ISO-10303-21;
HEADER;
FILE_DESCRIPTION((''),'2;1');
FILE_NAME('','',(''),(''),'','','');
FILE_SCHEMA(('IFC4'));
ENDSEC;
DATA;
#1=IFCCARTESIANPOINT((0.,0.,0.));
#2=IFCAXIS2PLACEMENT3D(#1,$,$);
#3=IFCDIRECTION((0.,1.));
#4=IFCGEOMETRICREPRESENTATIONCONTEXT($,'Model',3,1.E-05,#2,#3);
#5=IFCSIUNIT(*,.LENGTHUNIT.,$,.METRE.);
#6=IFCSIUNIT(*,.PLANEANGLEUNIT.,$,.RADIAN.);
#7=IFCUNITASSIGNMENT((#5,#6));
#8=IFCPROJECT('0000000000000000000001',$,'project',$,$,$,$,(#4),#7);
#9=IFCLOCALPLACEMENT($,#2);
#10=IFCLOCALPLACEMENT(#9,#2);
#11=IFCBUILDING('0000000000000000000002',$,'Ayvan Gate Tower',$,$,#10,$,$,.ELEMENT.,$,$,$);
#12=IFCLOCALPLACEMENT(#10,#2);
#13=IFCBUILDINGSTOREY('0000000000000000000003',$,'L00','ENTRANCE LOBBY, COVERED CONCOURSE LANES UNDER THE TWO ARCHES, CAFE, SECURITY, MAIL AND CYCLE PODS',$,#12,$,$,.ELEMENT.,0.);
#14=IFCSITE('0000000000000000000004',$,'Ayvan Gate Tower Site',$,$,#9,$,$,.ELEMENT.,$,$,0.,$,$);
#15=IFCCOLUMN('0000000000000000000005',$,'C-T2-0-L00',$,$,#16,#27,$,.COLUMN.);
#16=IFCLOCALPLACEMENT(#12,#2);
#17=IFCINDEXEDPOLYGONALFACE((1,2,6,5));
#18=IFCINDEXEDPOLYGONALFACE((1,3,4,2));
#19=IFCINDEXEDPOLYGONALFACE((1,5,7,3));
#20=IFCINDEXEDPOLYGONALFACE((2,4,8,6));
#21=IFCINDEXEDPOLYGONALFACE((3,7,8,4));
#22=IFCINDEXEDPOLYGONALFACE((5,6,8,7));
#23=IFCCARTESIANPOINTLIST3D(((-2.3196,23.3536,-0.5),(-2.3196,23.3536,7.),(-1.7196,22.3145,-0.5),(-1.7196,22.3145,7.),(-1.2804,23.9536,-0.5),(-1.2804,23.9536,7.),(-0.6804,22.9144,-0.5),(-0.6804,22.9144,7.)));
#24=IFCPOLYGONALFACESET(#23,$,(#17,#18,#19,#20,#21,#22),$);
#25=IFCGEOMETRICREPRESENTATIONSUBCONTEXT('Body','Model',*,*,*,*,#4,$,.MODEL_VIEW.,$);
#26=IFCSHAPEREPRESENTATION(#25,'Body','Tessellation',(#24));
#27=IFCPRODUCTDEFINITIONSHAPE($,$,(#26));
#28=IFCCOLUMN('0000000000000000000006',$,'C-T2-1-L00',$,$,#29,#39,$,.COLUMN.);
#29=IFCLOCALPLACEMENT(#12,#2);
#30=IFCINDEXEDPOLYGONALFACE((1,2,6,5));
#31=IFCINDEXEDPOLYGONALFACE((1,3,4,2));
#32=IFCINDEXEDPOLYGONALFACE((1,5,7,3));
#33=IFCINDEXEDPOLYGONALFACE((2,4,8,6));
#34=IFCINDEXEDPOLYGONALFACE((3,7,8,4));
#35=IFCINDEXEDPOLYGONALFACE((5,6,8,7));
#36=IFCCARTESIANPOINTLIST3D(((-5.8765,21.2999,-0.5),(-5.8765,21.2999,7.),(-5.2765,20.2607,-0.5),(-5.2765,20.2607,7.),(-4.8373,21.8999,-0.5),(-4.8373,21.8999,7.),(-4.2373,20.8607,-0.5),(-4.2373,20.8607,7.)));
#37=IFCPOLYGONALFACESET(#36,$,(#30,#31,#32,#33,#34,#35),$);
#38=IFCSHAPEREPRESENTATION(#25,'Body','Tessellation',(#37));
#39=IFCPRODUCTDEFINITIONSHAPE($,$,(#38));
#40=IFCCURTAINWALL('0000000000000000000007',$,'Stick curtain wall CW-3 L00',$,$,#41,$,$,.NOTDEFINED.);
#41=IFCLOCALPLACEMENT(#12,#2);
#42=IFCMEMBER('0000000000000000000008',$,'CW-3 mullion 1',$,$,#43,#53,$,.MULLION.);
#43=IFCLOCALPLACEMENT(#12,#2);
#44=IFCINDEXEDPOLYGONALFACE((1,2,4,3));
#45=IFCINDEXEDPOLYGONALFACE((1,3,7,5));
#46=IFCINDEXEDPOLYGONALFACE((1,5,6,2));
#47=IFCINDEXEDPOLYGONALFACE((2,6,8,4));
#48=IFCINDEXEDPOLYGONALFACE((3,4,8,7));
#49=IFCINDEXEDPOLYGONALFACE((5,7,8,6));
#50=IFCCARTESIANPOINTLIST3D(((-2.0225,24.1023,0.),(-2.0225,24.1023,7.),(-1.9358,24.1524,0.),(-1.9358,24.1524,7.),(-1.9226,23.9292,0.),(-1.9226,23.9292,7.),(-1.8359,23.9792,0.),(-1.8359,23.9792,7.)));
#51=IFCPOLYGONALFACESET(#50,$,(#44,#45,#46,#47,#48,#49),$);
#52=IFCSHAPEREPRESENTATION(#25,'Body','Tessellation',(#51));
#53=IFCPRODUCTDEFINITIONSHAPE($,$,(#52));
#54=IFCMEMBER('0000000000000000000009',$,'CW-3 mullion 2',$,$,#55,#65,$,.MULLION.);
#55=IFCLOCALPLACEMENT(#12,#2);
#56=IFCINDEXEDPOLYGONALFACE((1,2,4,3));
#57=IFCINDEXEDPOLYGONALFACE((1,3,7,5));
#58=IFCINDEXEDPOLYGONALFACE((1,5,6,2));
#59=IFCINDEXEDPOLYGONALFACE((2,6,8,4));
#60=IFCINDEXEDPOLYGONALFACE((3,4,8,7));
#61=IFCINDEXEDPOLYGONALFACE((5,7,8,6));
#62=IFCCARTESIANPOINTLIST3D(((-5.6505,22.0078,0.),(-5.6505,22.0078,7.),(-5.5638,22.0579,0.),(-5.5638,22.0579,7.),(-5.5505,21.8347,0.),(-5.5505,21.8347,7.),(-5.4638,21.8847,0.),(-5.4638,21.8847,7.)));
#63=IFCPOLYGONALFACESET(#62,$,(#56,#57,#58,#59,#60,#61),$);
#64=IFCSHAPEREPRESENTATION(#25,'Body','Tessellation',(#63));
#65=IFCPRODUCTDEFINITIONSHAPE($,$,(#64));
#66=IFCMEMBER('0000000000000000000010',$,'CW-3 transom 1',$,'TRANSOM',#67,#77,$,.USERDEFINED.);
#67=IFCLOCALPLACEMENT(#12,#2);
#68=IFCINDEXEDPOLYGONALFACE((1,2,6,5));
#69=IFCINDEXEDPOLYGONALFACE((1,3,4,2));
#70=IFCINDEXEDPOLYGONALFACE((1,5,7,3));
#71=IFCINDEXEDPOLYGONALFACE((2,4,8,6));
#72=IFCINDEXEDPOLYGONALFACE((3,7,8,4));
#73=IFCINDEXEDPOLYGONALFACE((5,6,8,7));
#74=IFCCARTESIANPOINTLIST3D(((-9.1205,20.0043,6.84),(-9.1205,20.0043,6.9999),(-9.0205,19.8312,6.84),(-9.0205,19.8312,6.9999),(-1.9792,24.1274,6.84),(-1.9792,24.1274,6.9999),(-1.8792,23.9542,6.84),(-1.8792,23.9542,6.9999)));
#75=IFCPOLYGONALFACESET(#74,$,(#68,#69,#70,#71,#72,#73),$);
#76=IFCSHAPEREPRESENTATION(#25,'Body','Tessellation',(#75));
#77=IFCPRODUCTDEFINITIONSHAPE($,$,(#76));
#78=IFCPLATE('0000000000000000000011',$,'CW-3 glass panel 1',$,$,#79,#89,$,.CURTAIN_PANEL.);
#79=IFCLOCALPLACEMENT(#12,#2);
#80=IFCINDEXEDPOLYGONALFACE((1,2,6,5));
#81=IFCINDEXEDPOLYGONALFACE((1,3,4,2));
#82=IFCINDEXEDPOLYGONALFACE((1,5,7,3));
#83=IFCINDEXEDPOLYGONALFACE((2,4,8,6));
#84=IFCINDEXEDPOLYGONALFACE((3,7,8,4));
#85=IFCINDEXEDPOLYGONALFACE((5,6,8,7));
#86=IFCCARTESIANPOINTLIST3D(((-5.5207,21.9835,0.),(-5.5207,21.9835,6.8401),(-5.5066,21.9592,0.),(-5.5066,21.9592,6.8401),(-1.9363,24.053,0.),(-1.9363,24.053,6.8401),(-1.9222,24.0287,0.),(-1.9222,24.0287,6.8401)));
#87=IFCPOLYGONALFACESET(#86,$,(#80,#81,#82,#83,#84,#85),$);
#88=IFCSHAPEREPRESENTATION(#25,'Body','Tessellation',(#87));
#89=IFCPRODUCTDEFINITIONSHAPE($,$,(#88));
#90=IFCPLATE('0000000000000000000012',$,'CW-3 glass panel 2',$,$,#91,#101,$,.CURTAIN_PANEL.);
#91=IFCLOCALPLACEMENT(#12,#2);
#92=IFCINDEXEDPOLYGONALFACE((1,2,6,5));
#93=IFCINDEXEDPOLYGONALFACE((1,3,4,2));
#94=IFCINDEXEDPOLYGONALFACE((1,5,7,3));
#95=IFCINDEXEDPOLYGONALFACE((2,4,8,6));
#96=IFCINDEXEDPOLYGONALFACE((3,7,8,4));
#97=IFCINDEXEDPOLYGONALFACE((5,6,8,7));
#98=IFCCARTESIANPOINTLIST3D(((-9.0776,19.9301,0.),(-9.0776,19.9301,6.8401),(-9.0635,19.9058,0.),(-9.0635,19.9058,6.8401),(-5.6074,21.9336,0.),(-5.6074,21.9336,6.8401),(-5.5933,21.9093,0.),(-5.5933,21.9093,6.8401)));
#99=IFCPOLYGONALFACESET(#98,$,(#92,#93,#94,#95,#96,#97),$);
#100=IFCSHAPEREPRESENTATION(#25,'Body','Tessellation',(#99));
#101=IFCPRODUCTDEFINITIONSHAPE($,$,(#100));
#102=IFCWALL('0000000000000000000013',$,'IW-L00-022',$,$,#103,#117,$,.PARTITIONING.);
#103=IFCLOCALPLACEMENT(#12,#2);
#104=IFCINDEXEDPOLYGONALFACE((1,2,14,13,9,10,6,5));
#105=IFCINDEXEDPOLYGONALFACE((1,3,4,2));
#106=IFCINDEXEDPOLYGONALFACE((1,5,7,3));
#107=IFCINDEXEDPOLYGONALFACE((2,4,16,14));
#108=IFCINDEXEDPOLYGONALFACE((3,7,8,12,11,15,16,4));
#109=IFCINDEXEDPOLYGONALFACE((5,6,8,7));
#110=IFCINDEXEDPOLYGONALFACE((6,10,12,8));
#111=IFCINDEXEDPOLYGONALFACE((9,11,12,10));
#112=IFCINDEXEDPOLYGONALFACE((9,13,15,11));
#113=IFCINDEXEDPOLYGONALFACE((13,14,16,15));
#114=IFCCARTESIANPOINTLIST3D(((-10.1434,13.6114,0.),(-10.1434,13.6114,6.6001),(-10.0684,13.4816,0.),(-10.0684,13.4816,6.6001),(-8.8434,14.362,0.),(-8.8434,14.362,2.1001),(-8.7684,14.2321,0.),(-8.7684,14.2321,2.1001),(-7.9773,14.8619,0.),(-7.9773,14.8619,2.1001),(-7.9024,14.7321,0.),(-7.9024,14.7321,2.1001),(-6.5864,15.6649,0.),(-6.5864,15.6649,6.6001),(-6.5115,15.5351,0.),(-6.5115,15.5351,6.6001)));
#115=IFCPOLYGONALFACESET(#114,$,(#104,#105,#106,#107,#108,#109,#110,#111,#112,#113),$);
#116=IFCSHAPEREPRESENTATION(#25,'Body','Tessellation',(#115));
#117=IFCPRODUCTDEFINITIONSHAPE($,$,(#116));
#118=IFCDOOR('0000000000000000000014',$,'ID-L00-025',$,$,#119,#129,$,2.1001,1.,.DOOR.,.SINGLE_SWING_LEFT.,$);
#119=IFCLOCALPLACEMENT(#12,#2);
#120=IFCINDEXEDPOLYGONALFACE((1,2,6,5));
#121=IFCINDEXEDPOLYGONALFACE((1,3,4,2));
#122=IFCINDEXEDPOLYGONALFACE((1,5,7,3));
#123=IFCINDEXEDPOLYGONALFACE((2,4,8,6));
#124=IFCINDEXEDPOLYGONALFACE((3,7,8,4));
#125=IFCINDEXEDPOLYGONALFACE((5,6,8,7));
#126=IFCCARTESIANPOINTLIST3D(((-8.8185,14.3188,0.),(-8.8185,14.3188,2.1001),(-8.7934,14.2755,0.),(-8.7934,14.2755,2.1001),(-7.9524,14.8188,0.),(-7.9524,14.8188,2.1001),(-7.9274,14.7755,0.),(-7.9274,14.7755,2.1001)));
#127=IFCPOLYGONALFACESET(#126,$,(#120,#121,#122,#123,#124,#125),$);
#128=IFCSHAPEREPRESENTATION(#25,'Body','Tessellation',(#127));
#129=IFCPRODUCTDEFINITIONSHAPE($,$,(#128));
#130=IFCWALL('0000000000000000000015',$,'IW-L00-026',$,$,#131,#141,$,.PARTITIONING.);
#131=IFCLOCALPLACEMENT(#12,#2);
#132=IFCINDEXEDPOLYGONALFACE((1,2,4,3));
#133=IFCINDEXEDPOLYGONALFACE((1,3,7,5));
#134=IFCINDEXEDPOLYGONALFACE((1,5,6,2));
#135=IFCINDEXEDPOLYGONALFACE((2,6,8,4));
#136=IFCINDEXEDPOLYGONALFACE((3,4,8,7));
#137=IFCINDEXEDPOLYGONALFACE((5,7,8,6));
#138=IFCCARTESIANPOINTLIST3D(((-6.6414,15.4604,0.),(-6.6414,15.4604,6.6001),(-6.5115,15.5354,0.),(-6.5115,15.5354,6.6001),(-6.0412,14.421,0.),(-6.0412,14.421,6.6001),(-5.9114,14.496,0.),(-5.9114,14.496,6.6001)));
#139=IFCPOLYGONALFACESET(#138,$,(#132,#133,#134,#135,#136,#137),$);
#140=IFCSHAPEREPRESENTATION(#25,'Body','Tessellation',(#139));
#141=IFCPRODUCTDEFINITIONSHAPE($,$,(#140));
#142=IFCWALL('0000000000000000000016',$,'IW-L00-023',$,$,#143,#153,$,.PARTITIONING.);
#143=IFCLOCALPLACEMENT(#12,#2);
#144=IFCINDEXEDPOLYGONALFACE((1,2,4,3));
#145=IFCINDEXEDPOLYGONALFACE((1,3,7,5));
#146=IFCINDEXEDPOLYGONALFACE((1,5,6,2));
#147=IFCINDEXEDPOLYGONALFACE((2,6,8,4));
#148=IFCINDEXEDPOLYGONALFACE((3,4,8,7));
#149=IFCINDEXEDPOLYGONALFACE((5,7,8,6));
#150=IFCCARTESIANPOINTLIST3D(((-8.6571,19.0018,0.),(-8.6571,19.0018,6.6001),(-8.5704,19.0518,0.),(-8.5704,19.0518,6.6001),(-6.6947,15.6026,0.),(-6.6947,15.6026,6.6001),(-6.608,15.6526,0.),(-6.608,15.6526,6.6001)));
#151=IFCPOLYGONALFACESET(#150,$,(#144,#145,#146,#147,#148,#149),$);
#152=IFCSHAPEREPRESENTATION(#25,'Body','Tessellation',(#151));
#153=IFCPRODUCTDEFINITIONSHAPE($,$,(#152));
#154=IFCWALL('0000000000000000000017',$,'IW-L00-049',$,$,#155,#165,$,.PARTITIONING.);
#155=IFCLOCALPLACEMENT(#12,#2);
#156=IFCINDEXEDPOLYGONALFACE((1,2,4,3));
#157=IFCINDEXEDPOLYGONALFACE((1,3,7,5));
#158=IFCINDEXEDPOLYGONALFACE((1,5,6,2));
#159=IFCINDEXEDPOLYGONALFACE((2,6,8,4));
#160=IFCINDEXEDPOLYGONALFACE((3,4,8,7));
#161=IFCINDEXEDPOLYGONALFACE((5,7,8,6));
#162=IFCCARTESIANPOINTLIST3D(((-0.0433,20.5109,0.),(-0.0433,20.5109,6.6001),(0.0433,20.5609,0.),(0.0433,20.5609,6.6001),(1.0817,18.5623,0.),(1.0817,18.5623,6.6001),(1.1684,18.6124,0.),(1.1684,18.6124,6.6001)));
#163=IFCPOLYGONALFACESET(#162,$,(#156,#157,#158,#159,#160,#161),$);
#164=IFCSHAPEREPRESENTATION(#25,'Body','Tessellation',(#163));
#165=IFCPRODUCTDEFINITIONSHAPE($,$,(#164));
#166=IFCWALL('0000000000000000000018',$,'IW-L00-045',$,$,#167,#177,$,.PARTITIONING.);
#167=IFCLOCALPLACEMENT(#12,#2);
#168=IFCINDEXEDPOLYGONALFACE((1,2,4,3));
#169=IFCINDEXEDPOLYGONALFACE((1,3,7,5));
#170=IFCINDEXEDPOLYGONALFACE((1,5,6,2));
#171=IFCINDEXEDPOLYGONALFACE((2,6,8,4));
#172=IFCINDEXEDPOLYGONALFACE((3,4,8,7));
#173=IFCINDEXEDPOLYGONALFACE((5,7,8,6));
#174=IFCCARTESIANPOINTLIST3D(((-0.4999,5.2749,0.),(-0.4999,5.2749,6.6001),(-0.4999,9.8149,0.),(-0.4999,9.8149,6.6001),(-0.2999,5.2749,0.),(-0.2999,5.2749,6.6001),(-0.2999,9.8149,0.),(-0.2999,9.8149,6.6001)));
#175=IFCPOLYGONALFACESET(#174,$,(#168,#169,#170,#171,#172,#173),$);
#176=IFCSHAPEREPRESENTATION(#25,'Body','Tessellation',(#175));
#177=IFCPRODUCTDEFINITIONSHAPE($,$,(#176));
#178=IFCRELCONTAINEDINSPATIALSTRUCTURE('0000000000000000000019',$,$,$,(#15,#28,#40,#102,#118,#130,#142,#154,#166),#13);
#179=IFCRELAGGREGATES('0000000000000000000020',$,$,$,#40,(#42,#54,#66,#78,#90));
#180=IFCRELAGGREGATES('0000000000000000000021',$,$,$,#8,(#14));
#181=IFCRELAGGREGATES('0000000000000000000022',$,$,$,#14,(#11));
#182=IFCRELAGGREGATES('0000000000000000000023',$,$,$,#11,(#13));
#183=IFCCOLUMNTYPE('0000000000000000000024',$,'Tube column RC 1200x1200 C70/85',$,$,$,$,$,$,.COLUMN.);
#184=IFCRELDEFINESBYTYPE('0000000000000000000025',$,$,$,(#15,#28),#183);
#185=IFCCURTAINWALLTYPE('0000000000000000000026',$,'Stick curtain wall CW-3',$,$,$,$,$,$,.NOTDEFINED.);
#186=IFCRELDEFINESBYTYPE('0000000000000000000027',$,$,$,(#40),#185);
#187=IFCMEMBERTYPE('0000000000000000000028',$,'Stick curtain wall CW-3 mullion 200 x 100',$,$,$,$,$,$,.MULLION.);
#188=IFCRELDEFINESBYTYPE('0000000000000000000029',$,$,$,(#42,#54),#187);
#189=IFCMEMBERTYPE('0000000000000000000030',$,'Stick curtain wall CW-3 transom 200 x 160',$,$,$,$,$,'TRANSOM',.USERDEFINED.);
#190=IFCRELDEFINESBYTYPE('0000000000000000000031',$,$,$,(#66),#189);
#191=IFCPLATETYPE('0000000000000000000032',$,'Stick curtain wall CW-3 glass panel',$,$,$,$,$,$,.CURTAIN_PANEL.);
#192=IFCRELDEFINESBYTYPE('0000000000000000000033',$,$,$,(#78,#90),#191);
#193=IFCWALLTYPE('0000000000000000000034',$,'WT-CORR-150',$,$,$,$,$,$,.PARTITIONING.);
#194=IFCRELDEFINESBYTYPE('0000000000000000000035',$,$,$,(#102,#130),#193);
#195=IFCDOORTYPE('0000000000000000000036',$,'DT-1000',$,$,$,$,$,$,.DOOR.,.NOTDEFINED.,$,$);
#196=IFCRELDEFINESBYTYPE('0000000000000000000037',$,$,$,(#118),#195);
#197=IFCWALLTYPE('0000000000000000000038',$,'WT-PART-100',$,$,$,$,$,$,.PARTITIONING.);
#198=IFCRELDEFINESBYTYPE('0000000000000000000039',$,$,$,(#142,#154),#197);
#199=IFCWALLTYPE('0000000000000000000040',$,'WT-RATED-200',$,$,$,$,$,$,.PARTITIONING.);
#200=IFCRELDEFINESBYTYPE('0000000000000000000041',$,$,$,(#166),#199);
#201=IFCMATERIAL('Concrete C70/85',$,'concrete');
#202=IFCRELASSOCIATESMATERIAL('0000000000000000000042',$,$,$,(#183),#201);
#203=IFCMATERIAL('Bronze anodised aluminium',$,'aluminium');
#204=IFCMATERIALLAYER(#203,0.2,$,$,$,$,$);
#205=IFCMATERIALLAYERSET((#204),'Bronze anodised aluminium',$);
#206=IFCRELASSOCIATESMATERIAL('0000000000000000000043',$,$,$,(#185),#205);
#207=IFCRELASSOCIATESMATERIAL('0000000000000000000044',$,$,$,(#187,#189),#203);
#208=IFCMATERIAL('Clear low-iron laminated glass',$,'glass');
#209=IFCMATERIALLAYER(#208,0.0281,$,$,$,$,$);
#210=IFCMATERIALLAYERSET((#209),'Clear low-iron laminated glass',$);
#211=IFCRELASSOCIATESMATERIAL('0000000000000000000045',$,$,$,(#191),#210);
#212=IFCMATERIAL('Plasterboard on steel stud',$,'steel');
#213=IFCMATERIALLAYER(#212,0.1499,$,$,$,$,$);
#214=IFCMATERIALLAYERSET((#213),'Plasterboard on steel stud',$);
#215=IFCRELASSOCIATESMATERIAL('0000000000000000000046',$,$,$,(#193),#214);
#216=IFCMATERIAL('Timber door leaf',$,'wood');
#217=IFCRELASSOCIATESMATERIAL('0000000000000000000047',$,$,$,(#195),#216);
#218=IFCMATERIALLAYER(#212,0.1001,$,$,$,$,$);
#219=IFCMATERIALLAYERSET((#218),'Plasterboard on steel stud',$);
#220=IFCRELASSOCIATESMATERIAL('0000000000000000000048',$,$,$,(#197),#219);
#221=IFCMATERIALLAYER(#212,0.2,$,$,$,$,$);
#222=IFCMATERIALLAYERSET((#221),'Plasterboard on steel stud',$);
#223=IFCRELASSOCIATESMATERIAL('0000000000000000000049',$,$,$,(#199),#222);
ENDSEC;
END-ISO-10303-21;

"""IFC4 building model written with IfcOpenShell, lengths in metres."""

from ifc_helpers import new_model, si_unit, direction, frame, frame_2d, origin, origin_2d, place, context, subcontext, project, spatial, rectangle, extrude, material, layer, layer_set, material_profile, profile_set, type_object, element, fill, aggregate, save


model = new_model("IFC4")

# Units and contexts
model_context = context("Model", 3, precision=1e-05, world=origin(), true_north=direction((0.0, 1.0)))
body_context = subcontext(model_context, "Body", "Model", "MODEL_VIEW")
ifc_project = project(units=[si_unit("LENGTHUNIT", "METRE"), si_unit("PLANEANGLEUNIT", "RADIAN")], contexts=[model_context])

# Site, building, storey
site_placement = place(None, origin())
site = spatial("IfcSite", under=ifc_project, at=site_placement, Name="Ayvan Gate Tower Site", CompositionType="ELEMENT", RefElevation=0.0)
building_placement = place(site_placement, origin())
building = spatial("IfcBuilding", under=site, at=building_placement, Name="Ayvan Gate Tower", CompositionType="ELEMENT")
storey_placement = place(building_placement, origin())
storey = spatial("IfcBuildingStorey", under=building, at=storey_placement, Name="L00", Description="ENTRANCE LOBBY, COVERED CONCOURSE LANES UNDER THE TWO ARCHES, CAFE, SECURITY, MAIL AND CYCLE PODS", CompositionType="ELEMENT", Elevation=0.0)

# Columns
ifc_material_1 = material(Name="Concrete C70/85", Category="concrete")
ifc_material_profile_1 = material_profile(ifc_material_1, rectangle(XDim=1.2, YDim=1.2, at=origin_2d()), Name="RC 1200x1200")
ifc_profile_set_1 = profile_set([ifc_material_profile_1], Name="Concrete C70/85")
column_type = type_object("IfcColumnType", Name="Tube column RC 1200x1200 C70/85", PredefinedType="COLUMN", material=ifc_profile_set_1)
for number, where, z_axis, x_axis, name in (
    (1, (-1.5, 23.134, -0.5), (0.0, 0.0, 1.0), (-0.5, 0.866025, 0.0), "C-T2-0-L00"),
    (2, (-5.0569, 21.0803, -0.5), (0.0, 0.0, 1.0), (-0.5, 0.866025, 0.0), "C-T2-1-L00"),
):
    element("IfcColumn", number, at=place(storey_placement, frame(where, z_axis=z_axis, x_axis=x_axis)), inside=storey, type_object=column_type, Name=name, PredefinedType="COLUMN", context=body_context, shape_type="SweptSolid", body=[
        extrude(rectangle(XDim=1.2, YDim=1.2, at=origin_2d()), origin(), (0.0, 0.0, 1.0), 7.5),
    ])

# Curtain wall, members, plates
ifc_material_2 = material(Name="Bronze anodised aluminium", Category="aluminium")
ifc_layer_1 = layer(ifc_material_2, 0.2)
ifc_layer_set_1 = layer_set([ifc_layer_1], Name="Bronze anodised aluminium")
curtain_wall_type = type_object("IfcCurtainWallType", Name="Stick curtain wall CW-3", PredefinedType="NOTDEFINED", material=ifc_layer_set_1)
curtain_wall_placement = place(storey_placement, origin())
curtain_wall = element("IfcCurtainWall", 3, at=curtain_wall_placement, inside=storey, type_object=curtain_wall_type, Name="Stick curtain wall CW-3 L00", PredefinedType="NOTDEFINED")
ifc_material_profile_2 = material_profile(ifc_material_2, rectangle(XDim=0.2, YDim=0.1001, at=origin_2d()), Name="Stick curtain wall CW-3 mullion 200 x 100")
ifc_profile_set_2 = profile_set([ifc_material_profile_2], Name="Bronze anodised aluminium")
member_type_1 = type_object("IfcMemberType", Name="Stick curtain wall CW-3 mullion 200 x 100", PredefinedType="MULLION", material=ifc_profile_set_2)
member_1_placement = place(storey_placement, frame((-1.9292, 24.0408, 0.0), z_axis=(0.0, 0.0, 1.0), x_axis=(-0.5, 0.866025, 0.0)))
member_1 = element("IfcMember", 4, at=member_1_placement, type_object=member_type_1, Name="CW-3 mullion 1", PredefinedType="MULLION", context=body_context, shape_type="SweptSolid", body=[
    extrude(rectangle(XDim=0.2, YDim=0.1001, at=origin_2d()), origin(), (0.0, 0.0, 1.0), 7.0),
])
member_2_placement = place(storey_placement, frame((-5.5571, 21.9463, 0.0), z_axis=(0.0, 0.0, 1.0), x_axis=(-0.5, 0.866025, 0.0)))
member_2 = element("IfcMember", 5, at=member_2_placement, type_object=member_type_1, Name="CW-3 mullion 2", PredefinedType="MULLION", context=body_context, shape_type="SweptSolid", body=[
    extrude(rectangle(XDim=0.2, YDim=0.1001, at=origin_2d()), origin(), (0.0, 0.0, 1.0), 7.0),
])
ifc_material_profile_3 = material_profile(ifc_material_2, rectangle(XDim=0.2, YDim=0.1599, at=origin_2d()), Name="Stick curtain wall CW-3 transom 200 x 160")
ifc_profile_set_3 = profile_set([ifc_material_profile_3], Name="Bronze anodised aluminium")
member_type_2 = type_object("IfcMemberType", Name="Stick curtain wall CW-3 transom 200 x 160", ElementType="TRANSOM", PredefinedType="USERDEFINED", material=ifc_profile_set_3)
member_3_placement = place(storey_placement, frame((-1.9292, 24.0408, 6.9199), z_axis=(-0.866026, -0.499998, 0.0), x_axis=(0.499998, -0.866026, 0.0)))
member_3 = element("IfcMember", 6, at=member_3_placement, type_object=member_type_2, Name="CW-3 transom 1", ObjectType="TRANSOM", PredefinedType="USERDEFINED", context=body_context, shape_type="SweptSolid", body=[
    extrude(rectangle(XDim=0.2, YDim=0.1599, at=origin_2d()), origin(), (0.0, 0.0, 1.0), 8.2461),
])
ifc_material_3 = material(Name="Clear low-iron laminated glass", Category="glass")
ifc_layer_2 = layer(ifc_material_3, 0.0281)
ifc_layer_set_2 = layer_set([ifc_layer_2], Name="Clear low-iron laminated glass")
plate_type = type_object("IfcPlateType", Name="Stick curtain wall CW-3 glass panel", PredefinedType="CURTAIN_PANEL", material=ifc_layer_set_2)
plate_1_placement = place(storey_placement, frame((-3.7214, 23.0061, 0.0), z_axis=(0.0, 0.0, 1.0), x_axis=(-0.866025, -0.5, 0.0)))
plate_1 = element("IfcPlate", 7, at=plate_1_placement, type_object=plate_type, Name="CW-3 glass panel 1", PredefinedType="CURTAIN_PANEL", context=body_context, shape_type="SweptSolid", body=[
    extrude(rectangle(XDim=4.1389, YDim=0.0281, at=origin_2d()), origin(), (0.0, 0.0, 1.0), 6.8401),
])
plate_2_placement = place(storey_placement, frame((-7.3354, 20.9197, 0.0), z_axis=(0.0, 0.0, 1.0), x_axis=(-0.866025, -0.5, 0.0)))
plate_2 = element("IfcPlate", 8, at=plate_2_placement, type_object=plate_type, Name="CW-3 glass panel 2", PredefinedType="CURTAIN_PANEL", context=body_context, shape_type="SweptSolid", body=[
    extrude(rectangle(XDim=4.0071, YDim=0.0281, at=origin_2d()), origin(), (0.0, 0.0, 1.0), 6.8401),
])
aggregate(curtain_wall, [member_1, member_2, member_3, plate_1, plate_2])

# Wall, opening, door
ifc_material_4 = material(Name="Plasterboard on steel stud", Category="steel")
ifc_layer_3 = layer(ifc_material_4, 0.1499)
ifc_layer_set_3 = layer_set([ifc_layer_3], Name="Plasterboard on steel stud")
wall_type_1 = type_object("IfcWallType", Name="WT-CORR-150", PredefinedType="PARTITIONING", material=ifc_layer_set_3)
wall_1_placement = place(storey_placement, frame((-6.5488, 15.6001, 0.0), z_axis=(0.0, 0.0, 1.0), x_axis=(-0.866036, -0.499981, 0.0)))
wall_1 = element("IfcWall", 9, at=wall_1_placement, inside=storey, type_object=wall_type_1, Name="IW-L00-022", PredefinedType="PARTITIONING", context=body_context, shape_type="SweptSolid", body=[
    extrude(rectangle(XDim=4.1072, YDim=0.1499, at=frame_2d((2.0537, 0.0))), origin(), (0.0, 0.0, 1.0), 6.6001),
])
opening_placement = place(wall_1_placement, frame((1.6062, 0.0, 0.0)))
opening = element("IfcOpeningElement", 10, at=opening_placement, cuts=wall_1, PredefinedType="OPENING", context=body_context, shape_type="SweptSolid", body=[
    extrude(rectangle(XDim=1.0, YDim=2.1001, at=frame_2d((0.5, 1.05))), frame((0.0, 0.085, 0.0), z_axis=(0.0, -1.0, 0.0), x_axis=(1.0, 0.0, 0.0)), (0.0, 0.0, 1.0), 0.1699),
])
ifc_material_5 = material(Name="Timber door leaf", Category="wood")
door_type = type_object("IfcDoorType", Name="DT-1000", OperationType="NOTDEFINED", PredefinedType="DOOR", material=ifc_material_5)
door_placement = place(opening_placement, origin())
door = element("IfcDoor", 11, at=door_placement, inside=storey, type_object=door_type, Name="ID-L00-025", OperationType="SINGLE_SWING_LEFT", OverallHeight=2.1001, OverallWidth=1.0, PredefinedType="DOOR", context=body_context, shape_type="SweptSolid", body=[
    extrude(rectangle(XDim=1.0, YDim=2.1001, at=frame_2d((0.5, 1.05))), frame((0.0, 0.0249, 0.0), z_axis=(0.0, -1.0, 0.0), x_axis=(1.0, 0.0, 0.0)), (0.0, 0.0, 1.0), 0.05),
])
fill(opening, door)

# Walls
wall_2_placement = place(storey_placement, frame((-5.9763, 14.4585, 0.0), z_axis=(0.0, 0.0, 1.0), x_axis=(-0.500034, 0.866006, 0.0)))
element("IfcWall", 12, at=wall_2_placement, inside=storey, type_object=wall_type_1, Name="IW-L00-026", PredefinedType="PARTITIONING", context=body_context, shape_type="SweptSolid", body=[
    extrude(rectangle(XDim=1.2002, YDim=0.1499, at=frame_2d((0.6001, 0.0))), origin(), (0.0, 0.0, 1.0), 6.6001),
])
ifc_layer_4 = layer(ifc_material_4, 0.1001)
ifc_layer_set_4 = layer_set([ifc_layer_4], Name="Plasterboard on steel stud")
wall_type_2 = type_object("IfcWallType", Name="WT-PART-100", PredefinedType="PARTITIONING", material=ifc_layer_set_4)
wall_3_placement = place(storey_placement, frame((-6.6514, 15.6277, 0.0), z_axis=(0.0, 0.0, 1.0), x_axis=(-0.499979, 0.866037, 0.0)))
element("IfcWall", 13, at=wall_3_placement, inside=storey, type_object=wall_type_2, Name="IW-L00-023", PredefinedType="PARTITIONING", context=body_context, shape_type="SweptSolid", body=[
    extrude(rectangle(XDim=3.925, YDim=0.1001, at=frame_2d((1.9624, 0.0))), origin(), (0.0, 0.0, 1.0), 6.6001),
])
wall_4_placement = place(storey_placement, frame((0.0, 20.5359, 0.0), z_axis=(0.0, 0.0, 1.0), x_axis=(0.500014, -0.866018, 0.0)))
element("IfcWall", 14, at=wall_4_placement, inside=storey, type_object=wall_type_2, Name="IW-L00-049", PredefinedType="PARTITIONING", context=body_context, shape_type="SweptSolid", body=[
    extrude(rectangle(XDim=2.25, YDim=0.1001, at=frame_2d((1.125, 0.0))), origin(), (0.0, 0.0, 1.0), 6.6001),
])
ifc_layer_5 = layer(ifc_material_4, 0.2)
ifc_layer_set_5 = layer_set([ifc_layer_5], Name="Plasterboard on steel stud")
wall_type_3 = type_object("IfcWallType", Name="WT-RATED-200", PredefinedType="PARTITIONING", material=ifc_layer_set_5)
wall_5_placement = place(storey_placement, frame((-0.3999, 9.8149, 0.0), z_axis=(0.0, 0.0, 1.0), x_axis=(0.0, -1.0, 0.0)))
element("IfcWall", 15, at=wall_5_placement, inside=storey, type_object=wall_type_3, Name="IW-L00-045", PredefinedType="PARTITIONING", context=body_context, shape_type="SweptSolid", body=[
    extrude(rectangle(XDim=4.54, YDim=0.2, at=frame_2d((2.27, 0.0))), origin(), (0.0, 0.0, 1.0), 6.6001),
])

save(model, "model.ifc")
